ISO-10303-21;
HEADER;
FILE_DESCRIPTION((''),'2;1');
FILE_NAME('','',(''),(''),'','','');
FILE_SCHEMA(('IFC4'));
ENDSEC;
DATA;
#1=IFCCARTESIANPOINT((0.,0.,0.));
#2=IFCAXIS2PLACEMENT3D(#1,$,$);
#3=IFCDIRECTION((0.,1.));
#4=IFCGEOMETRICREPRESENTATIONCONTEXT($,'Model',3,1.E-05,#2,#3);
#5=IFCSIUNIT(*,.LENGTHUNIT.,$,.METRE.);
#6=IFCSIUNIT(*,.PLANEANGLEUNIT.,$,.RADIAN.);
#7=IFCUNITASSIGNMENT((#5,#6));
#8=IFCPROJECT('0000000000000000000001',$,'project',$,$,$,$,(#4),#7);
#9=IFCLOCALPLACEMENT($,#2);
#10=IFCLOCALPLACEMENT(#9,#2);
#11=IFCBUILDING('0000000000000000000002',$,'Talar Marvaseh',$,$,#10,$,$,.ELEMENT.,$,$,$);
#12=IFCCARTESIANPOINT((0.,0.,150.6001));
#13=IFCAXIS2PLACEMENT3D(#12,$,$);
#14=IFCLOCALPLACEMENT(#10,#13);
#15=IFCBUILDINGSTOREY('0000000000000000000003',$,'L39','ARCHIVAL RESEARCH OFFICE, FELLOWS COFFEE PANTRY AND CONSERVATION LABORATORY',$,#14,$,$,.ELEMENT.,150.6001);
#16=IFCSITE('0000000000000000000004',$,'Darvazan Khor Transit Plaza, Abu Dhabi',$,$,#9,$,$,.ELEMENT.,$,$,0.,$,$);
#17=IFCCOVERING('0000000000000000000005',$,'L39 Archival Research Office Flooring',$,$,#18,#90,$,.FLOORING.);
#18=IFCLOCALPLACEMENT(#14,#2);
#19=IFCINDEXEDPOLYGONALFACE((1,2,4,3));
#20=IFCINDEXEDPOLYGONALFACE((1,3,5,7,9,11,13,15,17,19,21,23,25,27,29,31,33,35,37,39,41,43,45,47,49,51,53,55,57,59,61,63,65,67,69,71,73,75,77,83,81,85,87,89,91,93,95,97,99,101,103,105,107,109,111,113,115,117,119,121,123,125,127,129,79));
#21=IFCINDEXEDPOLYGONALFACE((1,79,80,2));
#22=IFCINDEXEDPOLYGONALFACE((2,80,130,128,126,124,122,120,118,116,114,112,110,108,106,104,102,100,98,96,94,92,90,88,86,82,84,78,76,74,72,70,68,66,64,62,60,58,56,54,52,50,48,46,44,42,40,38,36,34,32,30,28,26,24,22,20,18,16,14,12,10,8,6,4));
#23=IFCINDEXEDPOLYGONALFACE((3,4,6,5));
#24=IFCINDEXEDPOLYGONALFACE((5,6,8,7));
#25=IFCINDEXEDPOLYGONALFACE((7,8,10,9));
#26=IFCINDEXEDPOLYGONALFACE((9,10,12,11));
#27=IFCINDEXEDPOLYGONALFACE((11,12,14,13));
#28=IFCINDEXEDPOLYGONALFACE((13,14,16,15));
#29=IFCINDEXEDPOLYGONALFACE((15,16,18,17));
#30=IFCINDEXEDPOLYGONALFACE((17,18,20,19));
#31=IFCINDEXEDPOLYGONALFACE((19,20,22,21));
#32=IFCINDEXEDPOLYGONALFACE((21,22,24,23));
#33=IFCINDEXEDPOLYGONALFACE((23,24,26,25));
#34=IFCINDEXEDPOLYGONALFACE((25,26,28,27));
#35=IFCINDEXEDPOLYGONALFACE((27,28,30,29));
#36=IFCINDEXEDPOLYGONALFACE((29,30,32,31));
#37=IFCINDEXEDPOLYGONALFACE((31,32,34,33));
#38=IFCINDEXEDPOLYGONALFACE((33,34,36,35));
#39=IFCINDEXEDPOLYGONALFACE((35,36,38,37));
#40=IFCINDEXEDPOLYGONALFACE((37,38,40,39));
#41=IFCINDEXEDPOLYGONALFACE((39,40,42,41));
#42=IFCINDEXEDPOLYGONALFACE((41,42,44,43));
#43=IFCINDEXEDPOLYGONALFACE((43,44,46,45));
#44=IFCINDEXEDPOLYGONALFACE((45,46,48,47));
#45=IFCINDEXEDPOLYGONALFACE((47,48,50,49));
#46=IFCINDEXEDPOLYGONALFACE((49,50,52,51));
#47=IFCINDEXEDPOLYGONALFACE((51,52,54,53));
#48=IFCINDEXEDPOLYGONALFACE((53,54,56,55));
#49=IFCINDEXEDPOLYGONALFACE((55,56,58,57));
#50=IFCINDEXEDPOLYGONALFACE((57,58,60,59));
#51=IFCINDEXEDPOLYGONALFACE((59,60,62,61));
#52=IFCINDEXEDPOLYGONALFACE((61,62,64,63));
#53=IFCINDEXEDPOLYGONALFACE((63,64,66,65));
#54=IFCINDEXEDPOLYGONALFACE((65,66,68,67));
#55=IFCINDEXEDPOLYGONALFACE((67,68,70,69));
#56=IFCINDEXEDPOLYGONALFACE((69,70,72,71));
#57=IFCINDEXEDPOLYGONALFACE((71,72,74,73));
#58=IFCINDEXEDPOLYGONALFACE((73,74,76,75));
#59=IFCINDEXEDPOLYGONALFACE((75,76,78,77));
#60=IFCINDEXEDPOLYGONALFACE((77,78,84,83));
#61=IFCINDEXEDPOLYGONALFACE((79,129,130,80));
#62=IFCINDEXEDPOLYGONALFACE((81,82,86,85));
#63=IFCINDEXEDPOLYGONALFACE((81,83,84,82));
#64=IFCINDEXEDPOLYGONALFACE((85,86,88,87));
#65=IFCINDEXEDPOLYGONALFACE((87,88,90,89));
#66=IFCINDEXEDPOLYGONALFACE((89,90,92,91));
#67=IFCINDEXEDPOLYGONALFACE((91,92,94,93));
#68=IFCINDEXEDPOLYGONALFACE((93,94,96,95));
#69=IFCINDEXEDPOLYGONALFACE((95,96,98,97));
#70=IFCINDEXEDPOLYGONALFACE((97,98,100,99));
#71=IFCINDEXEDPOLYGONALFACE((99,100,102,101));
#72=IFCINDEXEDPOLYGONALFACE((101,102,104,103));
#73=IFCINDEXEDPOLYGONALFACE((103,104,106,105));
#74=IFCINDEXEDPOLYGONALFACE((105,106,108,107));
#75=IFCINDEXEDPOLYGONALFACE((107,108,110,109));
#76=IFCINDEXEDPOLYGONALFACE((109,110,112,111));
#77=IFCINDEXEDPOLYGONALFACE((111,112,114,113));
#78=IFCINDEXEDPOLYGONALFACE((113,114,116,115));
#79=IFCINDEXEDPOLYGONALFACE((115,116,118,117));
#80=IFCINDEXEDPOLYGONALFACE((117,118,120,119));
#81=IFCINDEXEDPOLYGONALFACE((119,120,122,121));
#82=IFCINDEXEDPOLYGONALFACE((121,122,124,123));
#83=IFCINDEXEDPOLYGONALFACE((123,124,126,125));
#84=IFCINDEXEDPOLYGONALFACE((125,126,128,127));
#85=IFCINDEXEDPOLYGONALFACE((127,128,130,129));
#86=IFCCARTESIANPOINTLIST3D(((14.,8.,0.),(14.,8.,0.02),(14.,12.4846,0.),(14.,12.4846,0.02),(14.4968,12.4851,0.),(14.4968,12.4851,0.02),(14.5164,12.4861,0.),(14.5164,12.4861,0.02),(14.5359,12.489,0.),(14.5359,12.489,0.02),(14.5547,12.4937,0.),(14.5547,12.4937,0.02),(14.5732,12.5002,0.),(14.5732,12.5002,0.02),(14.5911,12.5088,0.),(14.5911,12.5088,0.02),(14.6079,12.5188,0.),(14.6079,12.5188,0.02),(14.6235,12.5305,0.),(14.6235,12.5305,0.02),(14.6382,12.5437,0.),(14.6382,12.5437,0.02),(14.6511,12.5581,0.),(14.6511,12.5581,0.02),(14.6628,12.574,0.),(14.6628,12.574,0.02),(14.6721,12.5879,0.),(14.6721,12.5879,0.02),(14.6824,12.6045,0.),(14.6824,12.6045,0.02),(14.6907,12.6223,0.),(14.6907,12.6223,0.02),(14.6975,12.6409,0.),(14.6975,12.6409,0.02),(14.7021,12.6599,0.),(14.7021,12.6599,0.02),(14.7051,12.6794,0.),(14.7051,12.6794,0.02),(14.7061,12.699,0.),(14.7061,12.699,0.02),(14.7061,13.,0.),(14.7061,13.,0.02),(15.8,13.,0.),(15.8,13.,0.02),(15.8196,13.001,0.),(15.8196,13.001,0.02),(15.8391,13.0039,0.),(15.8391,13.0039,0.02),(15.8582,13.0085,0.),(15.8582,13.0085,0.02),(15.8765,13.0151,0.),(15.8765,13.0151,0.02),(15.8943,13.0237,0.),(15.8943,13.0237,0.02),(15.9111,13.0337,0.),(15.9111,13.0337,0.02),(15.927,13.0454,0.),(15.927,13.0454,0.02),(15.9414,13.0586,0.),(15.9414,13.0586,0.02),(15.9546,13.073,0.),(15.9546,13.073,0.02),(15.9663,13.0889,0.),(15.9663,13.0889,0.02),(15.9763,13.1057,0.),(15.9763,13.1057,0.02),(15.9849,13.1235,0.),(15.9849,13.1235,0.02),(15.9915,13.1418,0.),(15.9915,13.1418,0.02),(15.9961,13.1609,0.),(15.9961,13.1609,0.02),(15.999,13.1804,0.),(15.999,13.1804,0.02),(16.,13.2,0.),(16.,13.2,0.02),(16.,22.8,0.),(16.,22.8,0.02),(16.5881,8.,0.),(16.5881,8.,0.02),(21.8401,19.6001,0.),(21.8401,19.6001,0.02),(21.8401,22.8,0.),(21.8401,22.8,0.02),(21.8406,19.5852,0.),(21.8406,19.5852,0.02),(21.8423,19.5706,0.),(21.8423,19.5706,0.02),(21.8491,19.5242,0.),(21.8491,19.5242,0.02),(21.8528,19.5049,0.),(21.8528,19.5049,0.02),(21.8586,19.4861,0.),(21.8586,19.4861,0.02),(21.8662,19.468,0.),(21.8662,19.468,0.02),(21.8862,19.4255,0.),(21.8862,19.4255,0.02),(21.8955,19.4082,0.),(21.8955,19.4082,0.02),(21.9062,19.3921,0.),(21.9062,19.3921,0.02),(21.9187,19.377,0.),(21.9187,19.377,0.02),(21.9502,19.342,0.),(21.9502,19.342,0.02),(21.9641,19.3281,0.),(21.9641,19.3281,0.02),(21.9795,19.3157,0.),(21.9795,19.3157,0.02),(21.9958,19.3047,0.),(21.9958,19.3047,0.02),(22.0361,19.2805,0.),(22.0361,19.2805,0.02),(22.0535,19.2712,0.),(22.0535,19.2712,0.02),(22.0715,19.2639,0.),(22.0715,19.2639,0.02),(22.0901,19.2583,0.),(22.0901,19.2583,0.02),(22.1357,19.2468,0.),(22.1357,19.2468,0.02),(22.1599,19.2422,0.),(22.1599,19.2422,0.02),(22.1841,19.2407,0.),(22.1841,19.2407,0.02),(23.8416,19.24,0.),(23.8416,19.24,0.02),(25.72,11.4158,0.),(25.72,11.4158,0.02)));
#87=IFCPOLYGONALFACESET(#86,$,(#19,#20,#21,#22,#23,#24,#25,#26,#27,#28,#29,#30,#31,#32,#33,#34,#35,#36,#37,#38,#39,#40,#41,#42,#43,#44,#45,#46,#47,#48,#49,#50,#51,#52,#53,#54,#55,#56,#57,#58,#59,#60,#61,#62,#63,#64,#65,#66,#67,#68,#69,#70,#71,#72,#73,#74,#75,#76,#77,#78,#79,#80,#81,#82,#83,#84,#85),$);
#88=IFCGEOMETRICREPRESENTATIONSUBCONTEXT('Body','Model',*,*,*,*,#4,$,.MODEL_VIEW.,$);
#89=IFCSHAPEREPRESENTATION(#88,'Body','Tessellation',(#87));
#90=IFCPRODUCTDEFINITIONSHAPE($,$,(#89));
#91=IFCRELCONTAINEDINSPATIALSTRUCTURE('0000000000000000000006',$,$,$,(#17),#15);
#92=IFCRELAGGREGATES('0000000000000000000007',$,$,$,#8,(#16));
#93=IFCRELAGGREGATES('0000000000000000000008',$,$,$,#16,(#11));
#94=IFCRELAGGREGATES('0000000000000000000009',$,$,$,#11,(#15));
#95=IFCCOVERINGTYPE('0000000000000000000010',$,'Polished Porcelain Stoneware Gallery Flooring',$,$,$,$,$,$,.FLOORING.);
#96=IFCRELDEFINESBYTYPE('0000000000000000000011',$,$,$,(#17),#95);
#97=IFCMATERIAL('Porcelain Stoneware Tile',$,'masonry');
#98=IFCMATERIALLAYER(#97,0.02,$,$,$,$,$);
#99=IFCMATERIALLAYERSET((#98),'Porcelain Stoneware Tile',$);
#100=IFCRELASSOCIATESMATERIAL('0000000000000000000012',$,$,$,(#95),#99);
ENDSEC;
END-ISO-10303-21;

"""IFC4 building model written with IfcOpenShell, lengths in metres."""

from ifc_helpers import new_model, si_unit, direction, frame, origin, place, context, subcontext, project, spatial, polyline, outline, extrude, material, layer, layer_set, type_object, element, save


model = new_model("IFC4")

# Units and contexts
model_context = context("Model", 3, precision=1e-05, world=origin(), true_north=direction((0.0, 1.0)))
body_context = subcontext(model_context, "Body", "Model", "MODEL_VIEW")
ifc_project = project(units=[si_unit("LENGTHUNIT", "METRE"), si_unit("PLANEANGLEUNIT", "RADIAN")], contexts=[model_context])

# Site, building, storey
site_placement = place(None, origin())
site = spatial("IfcSite", under=ifc_project, at=site_placement, Name="Darvazan Khor Transit Plaza, Abu Dhabi", CompositionType="ELEMENT", RefElevation=0.0)
building_placement = place(site_placement, origin())
building = spatial("IfcBuilding", under=site, at=building_placement, Name="Talar Marvaseh", CompositionType="ELEMENT")
storey_placement = place(building_placement, frame((0.0, 0.0, 150.6001)))
storey = spatial("IfcBuildingStorey", under=building, at=storey_placement, Name="L39", Description="ARCHIVAL RESEARCH OFFICE, FELLOWS COFFEE PANTRY AND CONSERVATION LABORATORY", CompositionType="ELEMENT", Elevation=150.6001)

# Covering
ifc_material_1 = material(Name="Porcelain Stoneware Tile", Category="masonry")
ifc_layer_1 = layer(ifc_material_1, 0.02)
ifc_layer_set_1 = layer_set([ifc_layer_1], Name="Porcelain Stoneware Tile")
covering_type_1 = type_object("IfcCoveringType", Name="Polished Porcelain Stoneware Gallery Flooring", PredefinedType="FLOORING", material=ifc_layer_set_1)
covering_1_placement = place(storey_placement, origin())
element("IfcCovering", 1, at=covering_1_placement, inside=storey, type_object=covering_type_1, Name="L39 Archival Research Office Flooring", PredefinedType="FLOORING", context=body_context, shape_type="SweptSolid", body=[
    extrude(outline(polyline([(14.5164, 12.4861), (14.5359, 12.489), (14.5547, 12.4937), (14.5732, 12.5002), (14.5911, 12.5088), (14.6079, 12.5188), (14.6235, 12.5305), (14.6382, 12.5437), (14.6511, 12.5581), (14.6628, 12.574), (14.6721, 12.5879), (14.6824, 12.6045), (14.6907, 12.6223), (14.6975, 12.6409), (14.7021, 12.6599), (14.7051, 12.6794), (14.7061, 12.699), (14.7061, 13.0), (15.8, 13.0), (15.8196, 13.001), (15.8391, 13.0039), (15.8582, 13.0085), (15.8765, 13.0151), (15.8943, 13.0237), (15.9111, 13.0337), (15.927, 13.0454), (15.9414, 13.0586), (15.9546, 13.073), (15.9663, 13.0889), (15.9763, 13.1057), (15.9849, 13.1235), (15.9915, 13.1418), (15.9961, 13.1609), (15.999, 13.1804), (16.0, 13.2), (16.0, 22.8), (21.8401, 22.8), (21.8401, 19.6001), (21.8406, 19.5852), (21.8423, 19.5706), (21.8491, 19.5242), (21.8528, 19.5049), (21.8586, 19.4861), (21.8662, 19.468), (21.8862, 19.4255), (21.8955, 19.4082), (21.9062, 19.3921), (21.9187, 19.377), (21.9502, 19.342), (21.9641, 19.3281), (21.9795, 19.3157), (21.9958, 19.3047), (22.0361, 19.2805), (22.0535, 19.2712), (22.0715, 19.2639), (22.0901, 19.2583), (22.1357, 19.2468), (22.1599, 19.2422), (22.1841, 19.2407), (23.8416, 19.24), (25.72, 11.4158), (16.5881, 8.0), (14.0, 8.0), (14.0, 12.4846), (14.4968, 12.4851), (14.5164, 12.4861)])), origin(), (0.0, 0.0, 1.0), 0.02),
])

save(model, "model.ifc")
